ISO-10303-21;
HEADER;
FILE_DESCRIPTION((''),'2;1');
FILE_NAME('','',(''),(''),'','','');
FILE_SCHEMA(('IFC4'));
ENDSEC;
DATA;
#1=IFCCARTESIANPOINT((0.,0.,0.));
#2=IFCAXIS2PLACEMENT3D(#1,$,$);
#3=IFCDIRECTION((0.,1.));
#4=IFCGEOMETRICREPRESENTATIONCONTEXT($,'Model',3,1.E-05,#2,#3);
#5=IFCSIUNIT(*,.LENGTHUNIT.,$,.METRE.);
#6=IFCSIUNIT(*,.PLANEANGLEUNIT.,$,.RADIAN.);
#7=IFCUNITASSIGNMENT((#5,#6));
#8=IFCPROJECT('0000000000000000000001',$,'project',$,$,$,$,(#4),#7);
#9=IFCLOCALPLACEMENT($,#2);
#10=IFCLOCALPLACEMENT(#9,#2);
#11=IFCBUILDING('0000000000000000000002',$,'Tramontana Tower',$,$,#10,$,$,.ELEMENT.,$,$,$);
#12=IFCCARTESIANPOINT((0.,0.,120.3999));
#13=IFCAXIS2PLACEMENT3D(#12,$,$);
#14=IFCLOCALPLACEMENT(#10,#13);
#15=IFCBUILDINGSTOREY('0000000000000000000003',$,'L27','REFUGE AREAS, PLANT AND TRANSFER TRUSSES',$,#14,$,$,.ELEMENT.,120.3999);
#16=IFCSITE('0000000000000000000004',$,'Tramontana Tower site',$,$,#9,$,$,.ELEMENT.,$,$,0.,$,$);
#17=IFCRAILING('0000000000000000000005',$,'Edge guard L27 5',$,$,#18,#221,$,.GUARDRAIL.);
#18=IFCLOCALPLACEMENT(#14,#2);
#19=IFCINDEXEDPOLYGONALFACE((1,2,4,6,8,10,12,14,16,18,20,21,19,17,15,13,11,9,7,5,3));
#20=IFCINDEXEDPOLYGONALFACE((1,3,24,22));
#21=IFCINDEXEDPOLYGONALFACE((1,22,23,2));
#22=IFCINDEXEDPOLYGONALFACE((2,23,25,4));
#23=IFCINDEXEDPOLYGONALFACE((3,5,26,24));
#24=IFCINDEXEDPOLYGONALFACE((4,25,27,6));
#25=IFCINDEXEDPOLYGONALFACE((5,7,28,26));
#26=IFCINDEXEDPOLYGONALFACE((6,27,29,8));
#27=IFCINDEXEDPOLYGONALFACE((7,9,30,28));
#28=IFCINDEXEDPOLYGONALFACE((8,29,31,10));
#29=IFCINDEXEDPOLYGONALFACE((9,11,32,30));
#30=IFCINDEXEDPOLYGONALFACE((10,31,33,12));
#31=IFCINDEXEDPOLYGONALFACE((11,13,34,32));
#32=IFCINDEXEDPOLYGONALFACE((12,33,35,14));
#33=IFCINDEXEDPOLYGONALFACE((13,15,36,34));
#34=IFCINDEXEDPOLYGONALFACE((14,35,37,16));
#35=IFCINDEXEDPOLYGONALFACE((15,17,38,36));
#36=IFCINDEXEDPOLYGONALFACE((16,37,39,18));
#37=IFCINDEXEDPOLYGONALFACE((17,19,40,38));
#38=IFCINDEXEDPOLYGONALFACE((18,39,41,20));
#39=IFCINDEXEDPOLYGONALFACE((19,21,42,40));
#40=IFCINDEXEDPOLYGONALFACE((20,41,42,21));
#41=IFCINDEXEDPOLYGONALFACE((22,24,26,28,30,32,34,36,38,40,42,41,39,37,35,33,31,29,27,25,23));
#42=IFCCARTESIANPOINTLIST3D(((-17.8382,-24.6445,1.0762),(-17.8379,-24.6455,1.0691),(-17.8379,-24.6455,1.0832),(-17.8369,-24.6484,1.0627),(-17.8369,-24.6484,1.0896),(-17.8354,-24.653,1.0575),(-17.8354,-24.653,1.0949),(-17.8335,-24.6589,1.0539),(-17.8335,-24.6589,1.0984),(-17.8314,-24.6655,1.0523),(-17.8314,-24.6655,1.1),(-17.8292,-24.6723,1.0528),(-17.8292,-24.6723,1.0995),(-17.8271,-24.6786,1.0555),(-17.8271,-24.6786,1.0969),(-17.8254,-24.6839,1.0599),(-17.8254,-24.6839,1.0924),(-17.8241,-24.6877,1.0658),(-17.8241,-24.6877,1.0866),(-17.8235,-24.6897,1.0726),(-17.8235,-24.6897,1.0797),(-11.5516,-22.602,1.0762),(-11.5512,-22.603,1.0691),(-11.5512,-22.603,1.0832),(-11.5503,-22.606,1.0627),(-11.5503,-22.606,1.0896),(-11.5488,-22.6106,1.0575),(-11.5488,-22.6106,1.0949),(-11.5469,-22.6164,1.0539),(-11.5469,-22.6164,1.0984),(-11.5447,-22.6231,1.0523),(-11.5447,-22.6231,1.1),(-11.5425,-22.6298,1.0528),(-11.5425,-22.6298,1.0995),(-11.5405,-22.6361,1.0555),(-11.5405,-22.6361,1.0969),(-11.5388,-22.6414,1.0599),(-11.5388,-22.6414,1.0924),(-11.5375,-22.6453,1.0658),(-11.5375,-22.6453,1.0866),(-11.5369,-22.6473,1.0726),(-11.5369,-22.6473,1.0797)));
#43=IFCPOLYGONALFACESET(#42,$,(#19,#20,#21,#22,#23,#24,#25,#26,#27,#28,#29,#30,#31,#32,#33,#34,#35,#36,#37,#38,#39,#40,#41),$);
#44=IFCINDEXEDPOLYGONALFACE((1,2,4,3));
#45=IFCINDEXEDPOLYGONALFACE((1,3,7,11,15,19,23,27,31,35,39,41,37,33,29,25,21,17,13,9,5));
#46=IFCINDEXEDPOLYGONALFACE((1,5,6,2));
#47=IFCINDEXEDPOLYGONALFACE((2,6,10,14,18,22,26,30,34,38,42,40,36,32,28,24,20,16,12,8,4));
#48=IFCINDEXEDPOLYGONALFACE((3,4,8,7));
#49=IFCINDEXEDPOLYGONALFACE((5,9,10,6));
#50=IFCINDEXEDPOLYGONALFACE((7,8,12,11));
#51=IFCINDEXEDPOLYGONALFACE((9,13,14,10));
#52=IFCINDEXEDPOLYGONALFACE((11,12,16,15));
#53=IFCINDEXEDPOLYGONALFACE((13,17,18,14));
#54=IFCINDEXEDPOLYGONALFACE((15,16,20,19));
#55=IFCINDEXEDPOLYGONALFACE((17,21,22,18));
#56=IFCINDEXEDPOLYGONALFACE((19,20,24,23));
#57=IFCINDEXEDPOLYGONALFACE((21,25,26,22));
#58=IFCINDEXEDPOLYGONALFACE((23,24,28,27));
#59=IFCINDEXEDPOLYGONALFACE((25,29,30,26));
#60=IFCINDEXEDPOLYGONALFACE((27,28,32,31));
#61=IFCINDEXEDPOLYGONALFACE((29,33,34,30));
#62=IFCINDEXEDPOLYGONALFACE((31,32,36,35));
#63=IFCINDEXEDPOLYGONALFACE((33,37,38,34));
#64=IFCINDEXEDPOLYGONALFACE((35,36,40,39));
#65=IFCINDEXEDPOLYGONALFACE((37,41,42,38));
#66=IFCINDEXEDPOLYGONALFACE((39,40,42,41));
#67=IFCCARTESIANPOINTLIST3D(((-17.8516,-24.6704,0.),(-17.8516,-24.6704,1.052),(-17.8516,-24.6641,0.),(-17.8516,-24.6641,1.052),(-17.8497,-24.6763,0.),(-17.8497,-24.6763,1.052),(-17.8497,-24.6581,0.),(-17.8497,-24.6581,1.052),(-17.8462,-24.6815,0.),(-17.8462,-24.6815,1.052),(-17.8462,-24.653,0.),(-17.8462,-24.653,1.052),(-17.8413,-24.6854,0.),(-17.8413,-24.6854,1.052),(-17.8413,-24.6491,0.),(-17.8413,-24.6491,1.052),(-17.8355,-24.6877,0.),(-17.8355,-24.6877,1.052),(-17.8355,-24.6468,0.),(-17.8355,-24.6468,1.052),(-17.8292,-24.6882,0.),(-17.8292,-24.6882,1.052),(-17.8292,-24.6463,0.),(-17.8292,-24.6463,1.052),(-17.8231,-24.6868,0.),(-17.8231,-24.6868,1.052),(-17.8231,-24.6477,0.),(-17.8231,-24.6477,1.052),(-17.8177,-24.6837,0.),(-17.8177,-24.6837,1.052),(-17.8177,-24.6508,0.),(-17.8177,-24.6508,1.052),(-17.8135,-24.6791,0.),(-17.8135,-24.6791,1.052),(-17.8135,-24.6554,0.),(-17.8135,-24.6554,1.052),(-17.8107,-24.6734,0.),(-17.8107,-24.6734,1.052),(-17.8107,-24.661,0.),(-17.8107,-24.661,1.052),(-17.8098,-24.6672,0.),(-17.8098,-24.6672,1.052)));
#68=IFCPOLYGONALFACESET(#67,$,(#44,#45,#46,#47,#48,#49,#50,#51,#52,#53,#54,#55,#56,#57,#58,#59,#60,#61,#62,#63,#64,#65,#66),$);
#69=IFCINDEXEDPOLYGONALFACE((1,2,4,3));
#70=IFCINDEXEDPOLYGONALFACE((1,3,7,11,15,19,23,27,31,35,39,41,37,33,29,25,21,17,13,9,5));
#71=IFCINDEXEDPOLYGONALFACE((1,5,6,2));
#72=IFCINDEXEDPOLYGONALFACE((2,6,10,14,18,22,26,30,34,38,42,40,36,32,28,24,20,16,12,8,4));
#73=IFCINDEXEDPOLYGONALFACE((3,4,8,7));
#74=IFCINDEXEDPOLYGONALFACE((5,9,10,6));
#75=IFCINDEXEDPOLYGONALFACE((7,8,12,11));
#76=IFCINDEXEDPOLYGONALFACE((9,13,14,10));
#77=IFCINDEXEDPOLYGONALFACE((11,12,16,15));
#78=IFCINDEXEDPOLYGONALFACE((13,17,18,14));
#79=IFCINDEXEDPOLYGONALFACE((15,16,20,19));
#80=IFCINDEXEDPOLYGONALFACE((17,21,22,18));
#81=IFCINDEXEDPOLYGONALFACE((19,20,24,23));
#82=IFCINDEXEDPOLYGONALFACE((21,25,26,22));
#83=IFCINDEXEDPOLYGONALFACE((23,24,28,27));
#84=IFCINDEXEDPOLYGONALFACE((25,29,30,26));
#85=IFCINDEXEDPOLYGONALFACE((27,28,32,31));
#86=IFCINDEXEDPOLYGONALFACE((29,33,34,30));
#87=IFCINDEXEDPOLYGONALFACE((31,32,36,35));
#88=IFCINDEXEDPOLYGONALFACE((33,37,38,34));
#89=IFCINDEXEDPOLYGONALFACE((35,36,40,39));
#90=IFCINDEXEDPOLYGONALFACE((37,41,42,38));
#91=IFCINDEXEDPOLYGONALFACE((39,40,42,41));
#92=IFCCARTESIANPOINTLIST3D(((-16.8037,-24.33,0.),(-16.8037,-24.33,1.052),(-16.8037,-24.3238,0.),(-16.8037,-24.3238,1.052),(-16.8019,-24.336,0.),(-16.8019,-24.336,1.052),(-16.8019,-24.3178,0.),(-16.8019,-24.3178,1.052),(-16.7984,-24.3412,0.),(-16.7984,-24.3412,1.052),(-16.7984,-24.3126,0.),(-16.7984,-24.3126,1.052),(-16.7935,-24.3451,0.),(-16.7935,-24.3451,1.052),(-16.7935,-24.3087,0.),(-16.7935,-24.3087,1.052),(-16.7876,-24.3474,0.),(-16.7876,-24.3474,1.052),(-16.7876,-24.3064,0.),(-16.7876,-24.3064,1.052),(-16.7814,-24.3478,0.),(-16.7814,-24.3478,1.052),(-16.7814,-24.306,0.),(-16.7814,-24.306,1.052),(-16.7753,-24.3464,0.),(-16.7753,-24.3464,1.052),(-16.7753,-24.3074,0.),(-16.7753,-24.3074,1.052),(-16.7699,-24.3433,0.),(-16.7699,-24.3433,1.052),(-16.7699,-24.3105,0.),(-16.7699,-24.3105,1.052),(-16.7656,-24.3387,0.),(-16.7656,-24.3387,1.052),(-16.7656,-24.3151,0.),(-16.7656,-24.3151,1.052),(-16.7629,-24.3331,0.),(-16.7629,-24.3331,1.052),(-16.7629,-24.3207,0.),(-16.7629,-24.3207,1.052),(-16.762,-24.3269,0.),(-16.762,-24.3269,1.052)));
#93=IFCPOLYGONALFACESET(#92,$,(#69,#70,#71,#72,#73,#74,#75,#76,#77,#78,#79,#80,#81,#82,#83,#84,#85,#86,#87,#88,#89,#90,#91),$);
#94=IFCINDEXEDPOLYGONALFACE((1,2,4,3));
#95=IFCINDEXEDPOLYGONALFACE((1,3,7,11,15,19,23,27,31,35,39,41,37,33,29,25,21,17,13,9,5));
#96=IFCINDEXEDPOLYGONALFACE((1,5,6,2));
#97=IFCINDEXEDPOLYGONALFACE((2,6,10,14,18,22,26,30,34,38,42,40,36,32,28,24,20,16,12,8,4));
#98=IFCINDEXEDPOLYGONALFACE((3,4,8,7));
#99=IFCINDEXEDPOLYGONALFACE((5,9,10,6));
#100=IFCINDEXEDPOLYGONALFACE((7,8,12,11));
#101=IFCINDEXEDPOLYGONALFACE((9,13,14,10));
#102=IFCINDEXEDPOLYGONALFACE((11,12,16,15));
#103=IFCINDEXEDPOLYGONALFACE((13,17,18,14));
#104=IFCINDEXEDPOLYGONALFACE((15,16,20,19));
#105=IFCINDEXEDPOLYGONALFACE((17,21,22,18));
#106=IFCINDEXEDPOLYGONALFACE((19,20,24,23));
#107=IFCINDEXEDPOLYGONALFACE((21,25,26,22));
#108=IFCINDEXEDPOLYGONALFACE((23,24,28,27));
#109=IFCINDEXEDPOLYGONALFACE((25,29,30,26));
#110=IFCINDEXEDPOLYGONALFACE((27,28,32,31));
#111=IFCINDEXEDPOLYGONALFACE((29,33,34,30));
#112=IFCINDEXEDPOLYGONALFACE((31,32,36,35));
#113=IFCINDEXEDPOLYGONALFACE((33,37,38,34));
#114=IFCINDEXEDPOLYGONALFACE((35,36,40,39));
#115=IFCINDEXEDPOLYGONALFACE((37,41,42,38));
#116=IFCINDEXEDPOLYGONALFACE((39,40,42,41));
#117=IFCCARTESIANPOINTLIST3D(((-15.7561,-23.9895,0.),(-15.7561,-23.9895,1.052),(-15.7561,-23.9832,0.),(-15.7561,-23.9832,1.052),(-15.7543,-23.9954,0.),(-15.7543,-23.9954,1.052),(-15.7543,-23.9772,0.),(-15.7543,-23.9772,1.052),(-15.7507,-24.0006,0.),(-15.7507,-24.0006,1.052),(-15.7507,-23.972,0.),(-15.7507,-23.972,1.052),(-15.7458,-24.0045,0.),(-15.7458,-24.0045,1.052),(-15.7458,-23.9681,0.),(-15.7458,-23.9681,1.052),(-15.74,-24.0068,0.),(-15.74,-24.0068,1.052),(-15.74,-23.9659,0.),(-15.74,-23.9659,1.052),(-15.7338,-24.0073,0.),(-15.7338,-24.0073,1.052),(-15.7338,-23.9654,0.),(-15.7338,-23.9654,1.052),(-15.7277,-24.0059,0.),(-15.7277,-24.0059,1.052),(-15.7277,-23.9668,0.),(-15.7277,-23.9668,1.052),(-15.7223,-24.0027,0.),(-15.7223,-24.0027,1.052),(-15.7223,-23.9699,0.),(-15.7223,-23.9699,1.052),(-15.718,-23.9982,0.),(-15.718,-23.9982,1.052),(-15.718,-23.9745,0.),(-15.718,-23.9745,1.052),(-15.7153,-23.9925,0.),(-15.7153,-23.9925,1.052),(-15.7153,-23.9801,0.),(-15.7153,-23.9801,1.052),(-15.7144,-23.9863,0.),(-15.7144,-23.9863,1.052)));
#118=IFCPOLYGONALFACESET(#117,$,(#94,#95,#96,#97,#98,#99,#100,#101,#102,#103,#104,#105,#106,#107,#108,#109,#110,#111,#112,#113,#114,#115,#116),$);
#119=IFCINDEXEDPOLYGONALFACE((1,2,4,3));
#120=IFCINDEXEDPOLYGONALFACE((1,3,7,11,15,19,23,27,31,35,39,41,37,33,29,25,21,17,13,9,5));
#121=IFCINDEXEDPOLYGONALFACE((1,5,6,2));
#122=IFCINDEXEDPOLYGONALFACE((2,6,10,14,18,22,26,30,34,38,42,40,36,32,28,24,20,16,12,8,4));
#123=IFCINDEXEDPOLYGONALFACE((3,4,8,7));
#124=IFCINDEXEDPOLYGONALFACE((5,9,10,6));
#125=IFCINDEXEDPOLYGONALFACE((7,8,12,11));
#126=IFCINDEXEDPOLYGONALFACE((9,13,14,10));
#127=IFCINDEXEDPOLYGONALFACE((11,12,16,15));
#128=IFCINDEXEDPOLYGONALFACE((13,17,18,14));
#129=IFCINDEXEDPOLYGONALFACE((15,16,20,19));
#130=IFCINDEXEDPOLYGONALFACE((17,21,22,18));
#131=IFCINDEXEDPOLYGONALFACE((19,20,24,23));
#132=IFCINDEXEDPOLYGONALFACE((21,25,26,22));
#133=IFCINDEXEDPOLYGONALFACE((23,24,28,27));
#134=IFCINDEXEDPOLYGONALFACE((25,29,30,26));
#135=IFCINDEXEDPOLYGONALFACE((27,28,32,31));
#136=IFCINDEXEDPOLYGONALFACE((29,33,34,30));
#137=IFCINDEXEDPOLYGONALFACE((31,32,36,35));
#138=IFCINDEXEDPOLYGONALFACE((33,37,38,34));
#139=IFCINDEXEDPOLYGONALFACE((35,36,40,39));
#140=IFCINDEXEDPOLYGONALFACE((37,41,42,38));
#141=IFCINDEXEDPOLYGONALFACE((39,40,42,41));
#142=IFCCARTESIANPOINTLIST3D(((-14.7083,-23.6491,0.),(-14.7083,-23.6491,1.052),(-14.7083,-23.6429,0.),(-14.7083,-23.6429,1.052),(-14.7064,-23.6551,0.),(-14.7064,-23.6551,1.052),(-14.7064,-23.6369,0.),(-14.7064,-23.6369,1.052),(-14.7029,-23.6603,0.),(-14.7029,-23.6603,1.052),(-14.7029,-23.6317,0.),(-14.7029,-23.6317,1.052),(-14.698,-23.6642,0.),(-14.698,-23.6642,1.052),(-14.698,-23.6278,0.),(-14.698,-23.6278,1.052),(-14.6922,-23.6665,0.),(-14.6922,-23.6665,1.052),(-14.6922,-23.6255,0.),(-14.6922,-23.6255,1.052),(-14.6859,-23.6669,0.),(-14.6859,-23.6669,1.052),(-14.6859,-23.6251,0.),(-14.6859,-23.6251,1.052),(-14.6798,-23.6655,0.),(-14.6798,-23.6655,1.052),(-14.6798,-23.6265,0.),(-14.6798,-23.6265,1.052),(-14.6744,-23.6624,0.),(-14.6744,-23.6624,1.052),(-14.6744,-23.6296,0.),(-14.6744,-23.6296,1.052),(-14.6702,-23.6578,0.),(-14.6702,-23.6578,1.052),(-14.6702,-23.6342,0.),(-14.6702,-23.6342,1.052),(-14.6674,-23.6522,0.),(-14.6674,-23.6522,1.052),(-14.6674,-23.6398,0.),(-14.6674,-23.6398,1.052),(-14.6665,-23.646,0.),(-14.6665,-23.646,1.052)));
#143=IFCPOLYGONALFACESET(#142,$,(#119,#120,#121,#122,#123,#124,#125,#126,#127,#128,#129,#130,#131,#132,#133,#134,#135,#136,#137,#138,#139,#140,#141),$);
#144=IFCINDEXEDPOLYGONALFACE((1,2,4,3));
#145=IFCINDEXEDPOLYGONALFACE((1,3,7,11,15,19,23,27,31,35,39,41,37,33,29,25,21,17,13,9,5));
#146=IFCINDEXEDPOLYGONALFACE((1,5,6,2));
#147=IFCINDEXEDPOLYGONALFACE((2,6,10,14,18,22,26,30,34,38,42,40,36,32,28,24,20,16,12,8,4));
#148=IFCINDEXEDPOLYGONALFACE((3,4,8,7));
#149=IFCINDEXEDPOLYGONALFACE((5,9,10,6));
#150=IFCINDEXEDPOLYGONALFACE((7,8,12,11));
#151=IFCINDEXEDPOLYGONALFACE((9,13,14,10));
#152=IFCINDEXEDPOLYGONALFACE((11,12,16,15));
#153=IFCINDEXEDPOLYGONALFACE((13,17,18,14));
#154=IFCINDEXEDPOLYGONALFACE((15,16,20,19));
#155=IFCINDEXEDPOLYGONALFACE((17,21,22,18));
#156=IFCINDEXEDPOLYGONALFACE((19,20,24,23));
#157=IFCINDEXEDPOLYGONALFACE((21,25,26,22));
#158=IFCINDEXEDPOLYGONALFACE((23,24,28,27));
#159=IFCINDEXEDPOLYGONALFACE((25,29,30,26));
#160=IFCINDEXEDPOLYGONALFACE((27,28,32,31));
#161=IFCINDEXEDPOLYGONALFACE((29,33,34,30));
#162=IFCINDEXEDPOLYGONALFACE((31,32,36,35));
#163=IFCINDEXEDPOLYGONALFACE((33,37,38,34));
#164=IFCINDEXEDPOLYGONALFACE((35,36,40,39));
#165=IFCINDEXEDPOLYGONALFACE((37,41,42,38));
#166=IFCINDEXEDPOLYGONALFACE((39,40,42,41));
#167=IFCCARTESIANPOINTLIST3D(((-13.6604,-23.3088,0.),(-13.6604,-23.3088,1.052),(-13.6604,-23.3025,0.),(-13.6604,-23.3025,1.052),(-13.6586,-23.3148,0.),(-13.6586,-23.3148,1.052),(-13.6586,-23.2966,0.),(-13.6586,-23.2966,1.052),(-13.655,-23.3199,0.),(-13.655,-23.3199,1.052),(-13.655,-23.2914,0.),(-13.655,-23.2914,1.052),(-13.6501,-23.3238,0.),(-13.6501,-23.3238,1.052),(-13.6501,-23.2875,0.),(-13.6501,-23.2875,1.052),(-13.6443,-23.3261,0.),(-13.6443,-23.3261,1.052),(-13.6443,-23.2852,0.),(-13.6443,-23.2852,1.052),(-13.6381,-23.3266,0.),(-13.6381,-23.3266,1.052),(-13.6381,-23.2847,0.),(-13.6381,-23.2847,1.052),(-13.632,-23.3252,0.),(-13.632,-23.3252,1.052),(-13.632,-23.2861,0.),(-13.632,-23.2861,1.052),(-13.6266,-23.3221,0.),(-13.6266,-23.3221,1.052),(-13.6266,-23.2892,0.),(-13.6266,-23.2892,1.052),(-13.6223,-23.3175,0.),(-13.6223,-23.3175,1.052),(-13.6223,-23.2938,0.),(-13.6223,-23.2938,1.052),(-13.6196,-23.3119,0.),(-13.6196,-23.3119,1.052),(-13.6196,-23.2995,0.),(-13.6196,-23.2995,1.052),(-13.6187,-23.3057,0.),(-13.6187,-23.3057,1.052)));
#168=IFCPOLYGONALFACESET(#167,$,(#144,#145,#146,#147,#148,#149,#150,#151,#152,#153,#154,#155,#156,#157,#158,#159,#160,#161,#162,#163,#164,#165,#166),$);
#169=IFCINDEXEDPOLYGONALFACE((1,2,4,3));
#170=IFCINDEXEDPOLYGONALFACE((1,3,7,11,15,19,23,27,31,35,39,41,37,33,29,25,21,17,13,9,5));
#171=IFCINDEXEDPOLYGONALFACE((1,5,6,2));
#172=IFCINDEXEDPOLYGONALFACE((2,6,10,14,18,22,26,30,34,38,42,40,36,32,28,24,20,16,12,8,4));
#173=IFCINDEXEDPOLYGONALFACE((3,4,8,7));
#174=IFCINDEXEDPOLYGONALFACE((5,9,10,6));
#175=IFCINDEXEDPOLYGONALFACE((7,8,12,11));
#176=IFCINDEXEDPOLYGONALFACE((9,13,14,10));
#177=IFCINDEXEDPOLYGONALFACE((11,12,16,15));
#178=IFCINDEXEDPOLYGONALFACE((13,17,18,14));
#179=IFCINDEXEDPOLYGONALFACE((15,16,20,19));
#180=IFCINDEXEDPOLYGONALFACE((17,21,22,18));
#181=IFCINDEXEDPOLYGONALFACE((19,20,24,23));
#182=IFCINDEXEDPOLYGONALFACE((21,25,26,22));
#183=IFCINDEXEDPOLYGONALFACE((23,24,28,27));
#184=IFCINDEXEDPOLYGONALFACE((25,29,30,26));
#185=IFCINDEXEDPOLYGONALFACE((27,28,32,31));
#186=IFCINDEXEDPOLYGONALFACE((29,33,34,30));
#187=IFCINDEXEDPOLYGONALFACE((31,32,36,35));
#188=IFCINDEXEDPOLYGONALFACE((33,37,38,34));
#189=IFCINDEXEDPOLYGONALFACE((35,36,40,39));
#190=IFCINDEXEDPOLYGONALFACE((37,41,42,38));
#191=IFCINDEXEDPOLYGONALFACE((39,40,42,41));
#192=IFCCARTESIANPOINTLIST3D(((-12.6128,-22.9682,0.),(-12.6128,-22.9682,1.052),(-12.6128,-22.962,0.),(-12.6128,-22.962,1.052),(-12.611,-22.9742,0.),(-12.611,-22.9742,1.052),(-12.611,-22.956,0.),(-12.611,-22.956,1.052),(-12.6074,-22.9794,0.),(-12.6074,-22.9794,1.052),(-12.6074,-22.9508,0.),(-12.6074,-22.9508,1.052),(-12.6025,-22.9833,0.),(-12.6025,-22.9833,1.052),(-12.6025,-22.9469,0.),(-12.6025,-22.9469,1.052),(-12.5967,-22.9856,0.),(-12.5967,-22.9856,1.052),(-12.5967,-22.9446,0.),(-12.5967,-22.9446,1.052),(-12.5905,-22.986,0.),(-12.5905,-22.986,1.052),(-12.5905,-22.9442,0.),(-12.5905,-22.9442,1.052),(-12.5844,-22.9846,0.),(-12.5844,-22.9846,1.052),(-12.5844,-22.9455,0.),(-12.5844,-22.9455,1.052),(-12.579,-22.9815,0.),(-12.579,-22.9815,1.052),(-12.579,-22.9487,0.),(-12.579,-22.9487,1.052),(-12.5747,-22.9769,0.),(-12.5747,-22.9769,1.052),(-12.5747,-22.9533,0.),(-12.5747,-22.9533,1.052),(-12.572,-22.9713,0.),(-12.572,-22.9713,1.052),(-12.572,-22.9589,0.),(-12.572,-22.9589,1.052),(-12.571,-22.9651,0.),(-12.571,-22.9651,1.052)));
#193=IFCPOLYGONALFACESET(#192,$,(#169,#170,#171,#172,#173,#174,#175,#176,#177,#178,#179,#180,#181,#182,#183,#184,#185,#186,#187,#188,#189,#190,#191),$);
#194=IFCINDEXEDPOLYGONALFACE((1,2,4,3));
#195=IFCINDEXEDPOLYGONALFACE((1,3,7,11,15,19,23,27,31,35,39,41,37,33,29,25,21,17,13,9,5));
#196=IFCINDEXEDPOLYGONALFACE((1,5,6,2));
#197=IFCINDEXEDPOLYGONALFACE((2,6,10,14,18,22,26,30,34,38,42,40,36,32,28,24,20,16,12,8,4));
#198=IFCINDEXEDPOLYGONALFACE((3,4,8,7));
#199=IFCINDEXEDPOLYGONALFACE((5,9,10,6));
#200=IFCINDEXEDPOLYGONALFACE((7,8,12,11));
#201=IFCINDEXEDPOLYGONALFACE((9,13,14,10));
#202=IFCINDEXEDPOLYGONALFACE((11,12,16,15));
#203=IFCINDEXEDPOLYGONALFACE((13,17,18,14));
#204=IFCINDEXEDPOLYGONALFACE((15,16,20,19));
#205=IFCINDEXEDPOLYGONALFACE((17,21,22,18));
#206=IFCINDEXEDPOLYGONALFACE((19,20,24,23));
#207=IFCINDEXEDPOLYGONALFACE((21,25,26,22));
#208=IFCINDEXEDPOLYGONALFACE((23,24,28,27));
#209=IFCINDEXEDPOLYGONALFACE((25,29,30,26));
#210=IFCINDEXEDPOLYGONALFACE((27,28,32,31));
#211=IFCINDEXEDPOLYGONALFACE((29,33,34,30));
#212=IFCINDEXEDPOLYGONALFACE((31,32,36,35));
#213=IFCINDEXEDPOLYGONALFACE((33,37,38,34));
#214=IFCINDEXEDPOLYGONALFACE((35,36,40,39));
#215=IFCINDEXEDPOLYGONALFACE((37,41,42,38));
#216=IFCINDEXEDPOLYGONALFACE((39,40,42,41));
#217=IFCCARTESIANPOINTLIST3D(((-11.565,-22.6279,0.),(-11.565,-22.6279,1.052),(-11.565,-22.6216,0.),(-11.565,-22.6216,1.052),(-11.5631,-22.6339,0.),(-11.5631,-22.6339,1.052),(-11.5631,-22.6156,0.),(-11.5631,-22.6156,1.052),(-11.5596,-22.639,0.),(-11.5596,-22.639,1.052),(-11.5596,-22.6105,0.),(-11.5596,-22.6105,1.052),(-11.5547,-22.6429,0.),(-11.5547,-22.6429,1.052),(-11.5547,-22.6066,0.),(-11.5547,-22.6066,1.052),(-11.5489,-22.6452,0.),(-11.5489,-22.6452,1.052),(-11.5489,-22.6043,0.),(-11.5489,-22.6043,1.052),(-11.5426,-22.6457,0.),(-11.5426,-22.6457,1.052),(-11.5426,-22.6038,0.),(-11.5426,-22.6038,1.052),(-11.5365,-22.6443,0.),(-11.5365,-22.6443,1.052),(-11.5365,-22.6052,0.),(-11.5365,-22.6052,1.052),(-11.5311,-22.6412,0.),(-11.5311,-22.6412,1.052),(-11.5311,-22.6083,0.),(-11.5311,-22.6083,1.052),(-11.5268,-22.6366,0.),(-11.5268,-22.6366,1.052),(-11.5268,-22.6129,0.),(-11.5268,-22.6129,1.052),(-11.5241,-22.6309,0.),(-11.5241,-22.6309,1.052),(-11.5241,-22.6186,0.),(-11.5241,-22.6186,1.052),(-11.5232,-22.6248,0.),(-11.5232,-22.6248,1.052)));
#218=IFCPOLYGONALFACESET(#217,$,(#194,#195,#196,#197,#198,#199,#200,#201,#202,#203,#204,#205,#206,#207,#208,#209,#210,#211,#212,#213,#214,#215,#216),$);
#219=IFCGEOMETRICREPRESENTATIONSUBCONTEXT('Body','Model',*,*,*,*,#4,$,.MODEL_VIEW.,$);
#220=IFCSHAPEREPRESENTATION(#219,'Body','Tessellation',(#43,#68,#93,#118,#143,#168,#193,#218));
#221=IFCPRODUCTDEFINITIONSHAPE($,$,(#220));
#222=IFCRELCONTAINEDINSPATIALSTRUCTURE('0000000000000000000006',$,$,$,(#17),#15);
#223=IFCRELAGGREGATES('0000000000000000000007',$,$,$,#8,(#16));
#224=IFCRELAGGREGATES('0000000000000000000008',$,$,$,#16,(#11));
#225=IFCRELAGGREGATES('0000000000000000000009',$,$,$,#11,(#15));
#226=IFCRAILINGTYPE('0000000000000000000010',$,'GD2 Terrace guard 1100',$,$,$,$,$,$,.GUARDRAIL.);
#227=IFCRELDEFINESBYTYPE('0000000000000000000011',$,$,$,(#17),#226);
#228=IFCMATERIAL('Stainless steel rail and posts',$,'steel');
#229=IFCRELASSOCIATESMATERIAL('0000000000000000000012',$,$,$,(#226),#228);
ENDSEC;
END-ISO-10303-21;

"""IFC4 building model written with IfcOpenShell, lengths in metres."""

from ifc_helpers import new_model, si_unit, direction, frame, origin, origin_2d, place, context, subcontext, project, spatial, circle, extrude, material, type_object, element, save


model = new_model("IFC4")

# Units and contexts
model_context = context("Model", 3, precision=1e-05, world=origin(), true_north=direction((0.0, 1.0)))
body_context = subcontext(model_context, "Body", "Model", "MODEL_VIEW")
ifc_project = project(units=[si_unit("LENGTHUNIT", "METRE"), si_unit("PLANEANGLEUNIT", "RADIAN")], contexts=[model_context])

# Site, building, storey
site_placement = place(None, origin())
site = spatial("IfcSite", under=ifc_project, at=site_placement, Name="Tramontana Tower site", CompositionType="ELEMENT", RefElevation=0.0)
building_placement = place(site_placement, origin())
building = spatial("IfcBuilding", under=site, at=building_placement, Name="Tramontana Tower", CompositionType="ELEMENT")
storey_placement = place(building_placement, frame((0.0, 0.0, 120.3999)))
storey = spatial("IfcBuildingStorey", under=building, at=storey_placement, Name="L27", Description="REFUGE AREAS, PLANT AND TRANSFER TRUSSES", CompositionType="ELEMENT", Elevation=120.3999)

# Railing
ifc_material_1 = material(Name="Stainless steel rail and posts", Category="steel")
railing_type = type_object("IfcRailingType", Name="GD2 Terrace guard 1100", PredefinedType="GUARDRAIL", material=ifc_material_1)
railing_1_placement = place(storey_placement, frame((-17.8308, -24.6672, 0.0)))
element("IfcRailing", 1, at=railing_1_placement, inside=storey, type_object=railing_type, Name="Edge guard L27 5", PredefinedType="GUARDRAIL", context=body_context, shape_type="SweptSolid", body=[
    extrude(circle(Radius=0.0239, at=origin_2d()), frame((0.0, 0.0, 1.0762), z_axis=(0.951064, 0.308994, 0.0), x_axis=(-0.308994, 0.951064, 0.0)), (0.0, 0.0, 1.0), 6.6101),
    extrude(circle(Radius=0.021, at=origin_2d()), origin(), (0.0, 0.0, 1.0), 1.052),
    extrude(circle(Radius=0.021, at=origin_2d()), frame((1.0479, 0.3403, 0.0)), (0.0, 0.0, 1.0), 1.052),
    extrude(circle(Radius=0.021, at=origin_2d()), frame((2.0955, 0.6809, 0.0)), (0.0, 0.0, 1.0), 1.052),
    extrude(circle(Radius=0.021, at=origin_2d()), frame((3.1433, 1.0212, 0.0)), (0.0, 0.0, 1.0), 1.052),
    extrude(circle(Radius=0.021, at=origin_2d()), frame((4.1912, 1.3616, 0.0)), (0.0, 0.0, 1.0), 1.052),
    extrude(circle(Radius=0.021, at=origin_2d()), frame((5.2388, 1.7021, 0.0)), (0.0, 0.0, 1.0), 1.052),
    extrude(circle(Radius=0.021, at=origin_2d()), frame((6.2866, 2.0425, 0.0)), (0.0, 0.0, 1.0), 1.052),
])

save(model, "model.ifc")
